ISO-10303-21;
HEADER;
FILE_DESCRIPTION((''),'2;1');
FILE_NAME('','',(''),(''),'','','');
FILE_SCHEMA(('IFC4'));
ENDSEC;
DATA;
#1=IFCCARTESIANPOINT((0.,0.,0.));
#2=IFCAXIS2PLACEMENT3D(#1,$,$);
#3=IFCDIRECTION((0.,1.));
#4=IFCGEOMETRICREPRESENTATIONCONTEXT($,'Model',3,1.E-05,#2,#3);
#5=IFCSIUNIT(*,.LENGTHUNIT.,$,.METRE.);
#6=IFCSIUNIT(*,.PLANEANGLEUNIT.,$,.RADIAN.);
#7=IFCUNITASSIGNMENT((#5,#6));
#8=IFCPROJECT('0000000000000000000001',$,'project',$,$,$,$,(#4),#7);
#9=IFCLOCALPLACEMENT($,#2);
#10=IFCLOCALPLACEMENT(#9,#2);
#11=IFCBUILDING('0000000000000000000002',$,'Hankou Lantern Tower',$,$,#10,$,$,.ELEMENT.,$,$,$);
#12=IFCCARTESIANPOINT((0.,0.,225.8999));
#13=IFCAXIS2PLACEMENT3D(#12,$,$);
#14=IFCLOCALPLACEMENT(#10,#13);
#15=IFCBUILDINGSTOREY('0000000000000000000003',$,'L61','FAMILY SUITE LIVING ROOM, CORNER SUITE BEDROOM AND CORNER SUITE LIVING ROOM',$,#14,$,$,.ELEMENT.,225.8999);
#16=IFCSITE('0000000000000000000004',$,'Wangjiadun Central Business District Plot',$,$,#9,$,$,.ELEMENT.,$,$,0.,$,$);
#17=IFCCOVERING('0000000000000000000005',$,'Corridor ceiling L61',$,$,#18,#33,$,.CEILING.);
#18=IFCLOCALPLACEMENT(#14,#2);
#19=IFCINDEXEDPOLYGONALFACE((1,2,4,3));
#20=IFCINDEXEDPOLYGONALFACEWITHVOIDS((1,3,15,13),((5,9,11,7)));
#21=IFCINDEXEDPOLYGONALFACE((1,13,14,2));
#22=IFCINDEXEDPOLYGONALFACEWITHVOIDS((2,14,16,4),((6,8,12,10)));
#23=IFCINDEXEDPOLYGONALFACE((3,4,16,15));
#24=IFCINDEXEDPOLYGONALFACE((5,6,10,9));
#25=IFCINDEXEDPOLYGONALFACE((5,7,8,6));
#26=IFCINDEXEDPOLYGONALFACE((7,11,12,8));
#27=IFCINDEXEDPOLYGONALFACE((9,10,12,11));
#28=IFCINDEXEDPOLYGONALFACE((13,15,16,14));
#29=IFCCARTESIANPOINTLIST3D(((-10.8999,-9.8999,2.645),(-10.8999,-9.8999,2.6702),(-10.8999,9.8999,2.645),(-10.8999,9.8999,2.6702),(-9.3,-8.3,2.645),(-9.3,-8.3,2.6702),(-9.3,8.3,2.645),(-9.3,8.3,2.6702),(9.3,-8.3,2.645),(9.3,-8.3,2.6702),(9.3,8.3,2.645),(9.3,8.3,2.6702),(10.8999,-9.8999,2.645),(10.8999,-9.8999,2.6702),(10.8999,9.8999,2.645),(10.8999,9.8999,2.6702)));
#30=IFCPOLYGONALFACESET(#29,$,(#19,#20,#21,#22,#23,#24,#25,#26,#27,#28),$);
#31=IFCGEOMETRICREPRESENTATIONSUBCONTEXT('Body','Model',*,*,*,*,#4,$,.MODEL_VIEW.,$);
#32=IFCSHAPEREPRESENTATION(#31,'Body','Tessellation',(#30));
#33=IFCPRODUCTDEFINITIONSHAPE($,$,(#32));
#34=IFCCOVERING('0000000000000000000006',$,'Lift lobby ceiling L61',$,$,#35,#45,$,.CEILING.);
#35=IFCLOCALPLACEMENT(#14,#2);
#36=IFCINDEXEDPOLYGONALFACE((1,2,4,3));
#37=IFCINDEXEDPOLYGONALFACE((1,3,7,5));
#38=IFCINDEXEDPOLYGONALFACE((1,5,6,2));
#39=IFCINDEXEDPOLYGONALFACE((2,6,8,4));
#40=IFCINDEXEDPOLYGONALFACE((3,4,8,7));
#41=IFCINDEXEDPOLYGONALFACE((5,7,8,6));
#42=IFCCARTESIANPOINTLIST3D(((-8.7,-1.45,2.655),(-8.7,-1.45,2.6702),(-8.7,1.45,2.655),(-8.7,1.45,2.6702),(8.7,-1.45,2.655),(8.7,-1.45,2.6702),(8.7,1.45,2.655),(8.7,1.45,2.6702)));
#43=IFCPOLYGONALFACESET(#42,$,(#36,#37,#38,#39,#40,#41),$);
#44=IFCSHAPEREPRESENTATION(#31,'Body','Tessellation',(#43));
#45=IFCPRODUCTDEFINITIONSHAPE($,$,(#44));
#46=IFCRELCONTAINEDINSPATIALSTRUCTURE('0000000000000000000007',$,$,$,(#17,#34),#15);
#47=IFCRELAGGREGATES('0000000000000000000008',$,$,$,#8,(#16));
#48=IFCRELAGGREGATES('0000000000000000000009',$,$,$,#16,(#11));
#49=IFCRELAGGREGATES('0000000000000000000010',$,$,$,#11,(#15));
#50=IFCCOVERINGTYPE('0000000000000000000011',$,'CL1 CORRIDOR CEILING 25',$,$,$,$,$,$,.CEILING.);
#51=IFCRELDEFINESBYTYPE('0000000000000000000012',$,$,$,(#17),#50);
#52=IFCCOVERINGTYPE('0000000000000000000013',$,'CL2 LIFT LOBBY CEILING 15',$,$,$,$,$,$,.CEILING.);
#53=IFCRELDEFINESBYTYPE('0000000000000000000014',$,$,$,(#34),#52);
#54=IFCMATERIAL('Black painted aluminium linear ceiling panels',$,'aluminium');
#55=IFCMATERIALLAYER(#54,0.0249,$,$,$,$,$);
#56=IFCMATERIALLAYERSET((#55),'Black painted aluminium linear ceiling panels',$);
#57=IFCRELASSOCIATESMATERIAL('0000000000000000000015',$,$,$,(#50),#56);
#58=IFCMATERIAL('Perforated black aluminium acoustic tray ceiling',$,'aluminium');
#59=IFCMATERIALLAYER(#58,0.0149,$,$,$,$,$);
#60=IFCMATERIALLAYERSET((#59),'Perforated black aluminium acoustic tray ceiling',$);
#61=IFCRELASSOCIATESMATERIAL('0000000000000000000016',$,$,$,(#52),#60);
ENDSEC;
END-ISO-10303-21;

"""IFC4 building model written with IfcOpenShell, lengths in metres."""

from ifc_helpers import new_model, si_unit, direction, frame, origin, place, context, subcontext, project, spatial, polyline, outline, extrude, material, layer, layer_set, type_object, element, save


model = new_model("IFC4")

# Units and contexts
model_context = context("Model", 3, precision=1e-05, world=origin(), true_north=direction((0.0, 1.0)))
body_context = subcontext(model_context, "Body", "Model", "MODEL_VIEW")
ifc_project = project(units=[si_unit("LENGTHUNIT", "METRE"), si_unit("PLANEANGLEUNIT", "RADIAN")], contexts=[model_context])

# Site, building, storey
site_placement = place(None, origin())
site = spatial("IfcSite", under=ifc_project, at=site_placement, Name="Wangjiadun Central Business District Plot", CompositionType="ELEMENT", RefElevation=0.0)
building_placement = place(site_placement, origin())
building = spatial("IfcBuilding", under=site, at=building_placement, Name="Hankou Lantern Tower", CompositionType="ELEMENT")
storey_placement = place(building_placement, frame((0.0, 0.0, 225.8999)))
storey = spatial("IfcBuildingStorey", under=building, at=storey_placement, Name="L61", Description="FAMILY SUITE LIVING ROOM, CORNER SUITE BEDROOM AND CORNER SUITE LIVING ROOM", CompositionType="ELEMENT", Elevation=225.8999)

# Coverings
ifc_material_1 = material(Name="Black painted aluminium linear ceiling panels", Category="aluminium")
ifc_layer_1 = layer(ifc_material_1, 0.0249)
ifc_layer_set_1 = layer_set([ifc_layer_1], Name="Black painted aluminium linear ceiling panels")
covering_type_1 = type_object("IfcCoveringType", Name="CL1 CORRIDOR CEILING 25", PredefinedType="CEILING", material=ifc_layer_set_1)
covering_1_placement = place(storey_placement, frame((0.0, 0.0, 2.645)))
element("IfcCovering", 1, at=covering_1_placement, inside=storey, type_object=covering_type_1, Name="Corridor ceiling L61", PredefinedType="CEILING", context=body_context, shape_type="SweptSolid", body=[
    extrude(outline(polyline([(-10.8999, -9.8999), (10.8999, -9.8999), (10.8999, 9.8999), (-10.8999, 9.8999), (-10.8999, -9.8999)]), holes=[polyline([(-9.3, 8.3), (9.3, 8.3), (9.3, -8.3), (-9.3, -8.3), (-9.3, 8.3)])]), origin(), (0.0, 0.0, 1.0), 0.0251),
])
ifc_material_2 = material(Name="Perforated black aluminium acoustic tray ceiling", Category="aluminium")
ifc_layer_2 = layer(ifc_material_2, 0.0149)
ifc_layer_set_2 = layer_set([ifc_layer_2], Name="Perforated black aluminium acoustic tray ceiling")
covering_type_2 = type_object("IfcCoveringType", Name="CL2 LIFT LOBBY CEILING 15", PredefinedType="CEILING", material=ifc_layer_set_2)
covering_2_placement = place(storey_placement, frame((0.0, 0.0, 2.655)))
element("IfcCovering", 2, at=covering_2_placement, inside=storey, type_object=covering_type_2, Name="Lift lobby ceiling L61", PredefinedType="CEILING", context=body_context, shape_type="SweptSolid", body=[
    extrude(outline(polyline([(-8.7, -1.45), (8.7, -1.45), (8.7, 1.45), (-8.7, 1.45), (-8.7, -1.45)])), origin(), (0.0, 0.0, 1.0), 0.0151),
])

save(model, "model.ifc")
